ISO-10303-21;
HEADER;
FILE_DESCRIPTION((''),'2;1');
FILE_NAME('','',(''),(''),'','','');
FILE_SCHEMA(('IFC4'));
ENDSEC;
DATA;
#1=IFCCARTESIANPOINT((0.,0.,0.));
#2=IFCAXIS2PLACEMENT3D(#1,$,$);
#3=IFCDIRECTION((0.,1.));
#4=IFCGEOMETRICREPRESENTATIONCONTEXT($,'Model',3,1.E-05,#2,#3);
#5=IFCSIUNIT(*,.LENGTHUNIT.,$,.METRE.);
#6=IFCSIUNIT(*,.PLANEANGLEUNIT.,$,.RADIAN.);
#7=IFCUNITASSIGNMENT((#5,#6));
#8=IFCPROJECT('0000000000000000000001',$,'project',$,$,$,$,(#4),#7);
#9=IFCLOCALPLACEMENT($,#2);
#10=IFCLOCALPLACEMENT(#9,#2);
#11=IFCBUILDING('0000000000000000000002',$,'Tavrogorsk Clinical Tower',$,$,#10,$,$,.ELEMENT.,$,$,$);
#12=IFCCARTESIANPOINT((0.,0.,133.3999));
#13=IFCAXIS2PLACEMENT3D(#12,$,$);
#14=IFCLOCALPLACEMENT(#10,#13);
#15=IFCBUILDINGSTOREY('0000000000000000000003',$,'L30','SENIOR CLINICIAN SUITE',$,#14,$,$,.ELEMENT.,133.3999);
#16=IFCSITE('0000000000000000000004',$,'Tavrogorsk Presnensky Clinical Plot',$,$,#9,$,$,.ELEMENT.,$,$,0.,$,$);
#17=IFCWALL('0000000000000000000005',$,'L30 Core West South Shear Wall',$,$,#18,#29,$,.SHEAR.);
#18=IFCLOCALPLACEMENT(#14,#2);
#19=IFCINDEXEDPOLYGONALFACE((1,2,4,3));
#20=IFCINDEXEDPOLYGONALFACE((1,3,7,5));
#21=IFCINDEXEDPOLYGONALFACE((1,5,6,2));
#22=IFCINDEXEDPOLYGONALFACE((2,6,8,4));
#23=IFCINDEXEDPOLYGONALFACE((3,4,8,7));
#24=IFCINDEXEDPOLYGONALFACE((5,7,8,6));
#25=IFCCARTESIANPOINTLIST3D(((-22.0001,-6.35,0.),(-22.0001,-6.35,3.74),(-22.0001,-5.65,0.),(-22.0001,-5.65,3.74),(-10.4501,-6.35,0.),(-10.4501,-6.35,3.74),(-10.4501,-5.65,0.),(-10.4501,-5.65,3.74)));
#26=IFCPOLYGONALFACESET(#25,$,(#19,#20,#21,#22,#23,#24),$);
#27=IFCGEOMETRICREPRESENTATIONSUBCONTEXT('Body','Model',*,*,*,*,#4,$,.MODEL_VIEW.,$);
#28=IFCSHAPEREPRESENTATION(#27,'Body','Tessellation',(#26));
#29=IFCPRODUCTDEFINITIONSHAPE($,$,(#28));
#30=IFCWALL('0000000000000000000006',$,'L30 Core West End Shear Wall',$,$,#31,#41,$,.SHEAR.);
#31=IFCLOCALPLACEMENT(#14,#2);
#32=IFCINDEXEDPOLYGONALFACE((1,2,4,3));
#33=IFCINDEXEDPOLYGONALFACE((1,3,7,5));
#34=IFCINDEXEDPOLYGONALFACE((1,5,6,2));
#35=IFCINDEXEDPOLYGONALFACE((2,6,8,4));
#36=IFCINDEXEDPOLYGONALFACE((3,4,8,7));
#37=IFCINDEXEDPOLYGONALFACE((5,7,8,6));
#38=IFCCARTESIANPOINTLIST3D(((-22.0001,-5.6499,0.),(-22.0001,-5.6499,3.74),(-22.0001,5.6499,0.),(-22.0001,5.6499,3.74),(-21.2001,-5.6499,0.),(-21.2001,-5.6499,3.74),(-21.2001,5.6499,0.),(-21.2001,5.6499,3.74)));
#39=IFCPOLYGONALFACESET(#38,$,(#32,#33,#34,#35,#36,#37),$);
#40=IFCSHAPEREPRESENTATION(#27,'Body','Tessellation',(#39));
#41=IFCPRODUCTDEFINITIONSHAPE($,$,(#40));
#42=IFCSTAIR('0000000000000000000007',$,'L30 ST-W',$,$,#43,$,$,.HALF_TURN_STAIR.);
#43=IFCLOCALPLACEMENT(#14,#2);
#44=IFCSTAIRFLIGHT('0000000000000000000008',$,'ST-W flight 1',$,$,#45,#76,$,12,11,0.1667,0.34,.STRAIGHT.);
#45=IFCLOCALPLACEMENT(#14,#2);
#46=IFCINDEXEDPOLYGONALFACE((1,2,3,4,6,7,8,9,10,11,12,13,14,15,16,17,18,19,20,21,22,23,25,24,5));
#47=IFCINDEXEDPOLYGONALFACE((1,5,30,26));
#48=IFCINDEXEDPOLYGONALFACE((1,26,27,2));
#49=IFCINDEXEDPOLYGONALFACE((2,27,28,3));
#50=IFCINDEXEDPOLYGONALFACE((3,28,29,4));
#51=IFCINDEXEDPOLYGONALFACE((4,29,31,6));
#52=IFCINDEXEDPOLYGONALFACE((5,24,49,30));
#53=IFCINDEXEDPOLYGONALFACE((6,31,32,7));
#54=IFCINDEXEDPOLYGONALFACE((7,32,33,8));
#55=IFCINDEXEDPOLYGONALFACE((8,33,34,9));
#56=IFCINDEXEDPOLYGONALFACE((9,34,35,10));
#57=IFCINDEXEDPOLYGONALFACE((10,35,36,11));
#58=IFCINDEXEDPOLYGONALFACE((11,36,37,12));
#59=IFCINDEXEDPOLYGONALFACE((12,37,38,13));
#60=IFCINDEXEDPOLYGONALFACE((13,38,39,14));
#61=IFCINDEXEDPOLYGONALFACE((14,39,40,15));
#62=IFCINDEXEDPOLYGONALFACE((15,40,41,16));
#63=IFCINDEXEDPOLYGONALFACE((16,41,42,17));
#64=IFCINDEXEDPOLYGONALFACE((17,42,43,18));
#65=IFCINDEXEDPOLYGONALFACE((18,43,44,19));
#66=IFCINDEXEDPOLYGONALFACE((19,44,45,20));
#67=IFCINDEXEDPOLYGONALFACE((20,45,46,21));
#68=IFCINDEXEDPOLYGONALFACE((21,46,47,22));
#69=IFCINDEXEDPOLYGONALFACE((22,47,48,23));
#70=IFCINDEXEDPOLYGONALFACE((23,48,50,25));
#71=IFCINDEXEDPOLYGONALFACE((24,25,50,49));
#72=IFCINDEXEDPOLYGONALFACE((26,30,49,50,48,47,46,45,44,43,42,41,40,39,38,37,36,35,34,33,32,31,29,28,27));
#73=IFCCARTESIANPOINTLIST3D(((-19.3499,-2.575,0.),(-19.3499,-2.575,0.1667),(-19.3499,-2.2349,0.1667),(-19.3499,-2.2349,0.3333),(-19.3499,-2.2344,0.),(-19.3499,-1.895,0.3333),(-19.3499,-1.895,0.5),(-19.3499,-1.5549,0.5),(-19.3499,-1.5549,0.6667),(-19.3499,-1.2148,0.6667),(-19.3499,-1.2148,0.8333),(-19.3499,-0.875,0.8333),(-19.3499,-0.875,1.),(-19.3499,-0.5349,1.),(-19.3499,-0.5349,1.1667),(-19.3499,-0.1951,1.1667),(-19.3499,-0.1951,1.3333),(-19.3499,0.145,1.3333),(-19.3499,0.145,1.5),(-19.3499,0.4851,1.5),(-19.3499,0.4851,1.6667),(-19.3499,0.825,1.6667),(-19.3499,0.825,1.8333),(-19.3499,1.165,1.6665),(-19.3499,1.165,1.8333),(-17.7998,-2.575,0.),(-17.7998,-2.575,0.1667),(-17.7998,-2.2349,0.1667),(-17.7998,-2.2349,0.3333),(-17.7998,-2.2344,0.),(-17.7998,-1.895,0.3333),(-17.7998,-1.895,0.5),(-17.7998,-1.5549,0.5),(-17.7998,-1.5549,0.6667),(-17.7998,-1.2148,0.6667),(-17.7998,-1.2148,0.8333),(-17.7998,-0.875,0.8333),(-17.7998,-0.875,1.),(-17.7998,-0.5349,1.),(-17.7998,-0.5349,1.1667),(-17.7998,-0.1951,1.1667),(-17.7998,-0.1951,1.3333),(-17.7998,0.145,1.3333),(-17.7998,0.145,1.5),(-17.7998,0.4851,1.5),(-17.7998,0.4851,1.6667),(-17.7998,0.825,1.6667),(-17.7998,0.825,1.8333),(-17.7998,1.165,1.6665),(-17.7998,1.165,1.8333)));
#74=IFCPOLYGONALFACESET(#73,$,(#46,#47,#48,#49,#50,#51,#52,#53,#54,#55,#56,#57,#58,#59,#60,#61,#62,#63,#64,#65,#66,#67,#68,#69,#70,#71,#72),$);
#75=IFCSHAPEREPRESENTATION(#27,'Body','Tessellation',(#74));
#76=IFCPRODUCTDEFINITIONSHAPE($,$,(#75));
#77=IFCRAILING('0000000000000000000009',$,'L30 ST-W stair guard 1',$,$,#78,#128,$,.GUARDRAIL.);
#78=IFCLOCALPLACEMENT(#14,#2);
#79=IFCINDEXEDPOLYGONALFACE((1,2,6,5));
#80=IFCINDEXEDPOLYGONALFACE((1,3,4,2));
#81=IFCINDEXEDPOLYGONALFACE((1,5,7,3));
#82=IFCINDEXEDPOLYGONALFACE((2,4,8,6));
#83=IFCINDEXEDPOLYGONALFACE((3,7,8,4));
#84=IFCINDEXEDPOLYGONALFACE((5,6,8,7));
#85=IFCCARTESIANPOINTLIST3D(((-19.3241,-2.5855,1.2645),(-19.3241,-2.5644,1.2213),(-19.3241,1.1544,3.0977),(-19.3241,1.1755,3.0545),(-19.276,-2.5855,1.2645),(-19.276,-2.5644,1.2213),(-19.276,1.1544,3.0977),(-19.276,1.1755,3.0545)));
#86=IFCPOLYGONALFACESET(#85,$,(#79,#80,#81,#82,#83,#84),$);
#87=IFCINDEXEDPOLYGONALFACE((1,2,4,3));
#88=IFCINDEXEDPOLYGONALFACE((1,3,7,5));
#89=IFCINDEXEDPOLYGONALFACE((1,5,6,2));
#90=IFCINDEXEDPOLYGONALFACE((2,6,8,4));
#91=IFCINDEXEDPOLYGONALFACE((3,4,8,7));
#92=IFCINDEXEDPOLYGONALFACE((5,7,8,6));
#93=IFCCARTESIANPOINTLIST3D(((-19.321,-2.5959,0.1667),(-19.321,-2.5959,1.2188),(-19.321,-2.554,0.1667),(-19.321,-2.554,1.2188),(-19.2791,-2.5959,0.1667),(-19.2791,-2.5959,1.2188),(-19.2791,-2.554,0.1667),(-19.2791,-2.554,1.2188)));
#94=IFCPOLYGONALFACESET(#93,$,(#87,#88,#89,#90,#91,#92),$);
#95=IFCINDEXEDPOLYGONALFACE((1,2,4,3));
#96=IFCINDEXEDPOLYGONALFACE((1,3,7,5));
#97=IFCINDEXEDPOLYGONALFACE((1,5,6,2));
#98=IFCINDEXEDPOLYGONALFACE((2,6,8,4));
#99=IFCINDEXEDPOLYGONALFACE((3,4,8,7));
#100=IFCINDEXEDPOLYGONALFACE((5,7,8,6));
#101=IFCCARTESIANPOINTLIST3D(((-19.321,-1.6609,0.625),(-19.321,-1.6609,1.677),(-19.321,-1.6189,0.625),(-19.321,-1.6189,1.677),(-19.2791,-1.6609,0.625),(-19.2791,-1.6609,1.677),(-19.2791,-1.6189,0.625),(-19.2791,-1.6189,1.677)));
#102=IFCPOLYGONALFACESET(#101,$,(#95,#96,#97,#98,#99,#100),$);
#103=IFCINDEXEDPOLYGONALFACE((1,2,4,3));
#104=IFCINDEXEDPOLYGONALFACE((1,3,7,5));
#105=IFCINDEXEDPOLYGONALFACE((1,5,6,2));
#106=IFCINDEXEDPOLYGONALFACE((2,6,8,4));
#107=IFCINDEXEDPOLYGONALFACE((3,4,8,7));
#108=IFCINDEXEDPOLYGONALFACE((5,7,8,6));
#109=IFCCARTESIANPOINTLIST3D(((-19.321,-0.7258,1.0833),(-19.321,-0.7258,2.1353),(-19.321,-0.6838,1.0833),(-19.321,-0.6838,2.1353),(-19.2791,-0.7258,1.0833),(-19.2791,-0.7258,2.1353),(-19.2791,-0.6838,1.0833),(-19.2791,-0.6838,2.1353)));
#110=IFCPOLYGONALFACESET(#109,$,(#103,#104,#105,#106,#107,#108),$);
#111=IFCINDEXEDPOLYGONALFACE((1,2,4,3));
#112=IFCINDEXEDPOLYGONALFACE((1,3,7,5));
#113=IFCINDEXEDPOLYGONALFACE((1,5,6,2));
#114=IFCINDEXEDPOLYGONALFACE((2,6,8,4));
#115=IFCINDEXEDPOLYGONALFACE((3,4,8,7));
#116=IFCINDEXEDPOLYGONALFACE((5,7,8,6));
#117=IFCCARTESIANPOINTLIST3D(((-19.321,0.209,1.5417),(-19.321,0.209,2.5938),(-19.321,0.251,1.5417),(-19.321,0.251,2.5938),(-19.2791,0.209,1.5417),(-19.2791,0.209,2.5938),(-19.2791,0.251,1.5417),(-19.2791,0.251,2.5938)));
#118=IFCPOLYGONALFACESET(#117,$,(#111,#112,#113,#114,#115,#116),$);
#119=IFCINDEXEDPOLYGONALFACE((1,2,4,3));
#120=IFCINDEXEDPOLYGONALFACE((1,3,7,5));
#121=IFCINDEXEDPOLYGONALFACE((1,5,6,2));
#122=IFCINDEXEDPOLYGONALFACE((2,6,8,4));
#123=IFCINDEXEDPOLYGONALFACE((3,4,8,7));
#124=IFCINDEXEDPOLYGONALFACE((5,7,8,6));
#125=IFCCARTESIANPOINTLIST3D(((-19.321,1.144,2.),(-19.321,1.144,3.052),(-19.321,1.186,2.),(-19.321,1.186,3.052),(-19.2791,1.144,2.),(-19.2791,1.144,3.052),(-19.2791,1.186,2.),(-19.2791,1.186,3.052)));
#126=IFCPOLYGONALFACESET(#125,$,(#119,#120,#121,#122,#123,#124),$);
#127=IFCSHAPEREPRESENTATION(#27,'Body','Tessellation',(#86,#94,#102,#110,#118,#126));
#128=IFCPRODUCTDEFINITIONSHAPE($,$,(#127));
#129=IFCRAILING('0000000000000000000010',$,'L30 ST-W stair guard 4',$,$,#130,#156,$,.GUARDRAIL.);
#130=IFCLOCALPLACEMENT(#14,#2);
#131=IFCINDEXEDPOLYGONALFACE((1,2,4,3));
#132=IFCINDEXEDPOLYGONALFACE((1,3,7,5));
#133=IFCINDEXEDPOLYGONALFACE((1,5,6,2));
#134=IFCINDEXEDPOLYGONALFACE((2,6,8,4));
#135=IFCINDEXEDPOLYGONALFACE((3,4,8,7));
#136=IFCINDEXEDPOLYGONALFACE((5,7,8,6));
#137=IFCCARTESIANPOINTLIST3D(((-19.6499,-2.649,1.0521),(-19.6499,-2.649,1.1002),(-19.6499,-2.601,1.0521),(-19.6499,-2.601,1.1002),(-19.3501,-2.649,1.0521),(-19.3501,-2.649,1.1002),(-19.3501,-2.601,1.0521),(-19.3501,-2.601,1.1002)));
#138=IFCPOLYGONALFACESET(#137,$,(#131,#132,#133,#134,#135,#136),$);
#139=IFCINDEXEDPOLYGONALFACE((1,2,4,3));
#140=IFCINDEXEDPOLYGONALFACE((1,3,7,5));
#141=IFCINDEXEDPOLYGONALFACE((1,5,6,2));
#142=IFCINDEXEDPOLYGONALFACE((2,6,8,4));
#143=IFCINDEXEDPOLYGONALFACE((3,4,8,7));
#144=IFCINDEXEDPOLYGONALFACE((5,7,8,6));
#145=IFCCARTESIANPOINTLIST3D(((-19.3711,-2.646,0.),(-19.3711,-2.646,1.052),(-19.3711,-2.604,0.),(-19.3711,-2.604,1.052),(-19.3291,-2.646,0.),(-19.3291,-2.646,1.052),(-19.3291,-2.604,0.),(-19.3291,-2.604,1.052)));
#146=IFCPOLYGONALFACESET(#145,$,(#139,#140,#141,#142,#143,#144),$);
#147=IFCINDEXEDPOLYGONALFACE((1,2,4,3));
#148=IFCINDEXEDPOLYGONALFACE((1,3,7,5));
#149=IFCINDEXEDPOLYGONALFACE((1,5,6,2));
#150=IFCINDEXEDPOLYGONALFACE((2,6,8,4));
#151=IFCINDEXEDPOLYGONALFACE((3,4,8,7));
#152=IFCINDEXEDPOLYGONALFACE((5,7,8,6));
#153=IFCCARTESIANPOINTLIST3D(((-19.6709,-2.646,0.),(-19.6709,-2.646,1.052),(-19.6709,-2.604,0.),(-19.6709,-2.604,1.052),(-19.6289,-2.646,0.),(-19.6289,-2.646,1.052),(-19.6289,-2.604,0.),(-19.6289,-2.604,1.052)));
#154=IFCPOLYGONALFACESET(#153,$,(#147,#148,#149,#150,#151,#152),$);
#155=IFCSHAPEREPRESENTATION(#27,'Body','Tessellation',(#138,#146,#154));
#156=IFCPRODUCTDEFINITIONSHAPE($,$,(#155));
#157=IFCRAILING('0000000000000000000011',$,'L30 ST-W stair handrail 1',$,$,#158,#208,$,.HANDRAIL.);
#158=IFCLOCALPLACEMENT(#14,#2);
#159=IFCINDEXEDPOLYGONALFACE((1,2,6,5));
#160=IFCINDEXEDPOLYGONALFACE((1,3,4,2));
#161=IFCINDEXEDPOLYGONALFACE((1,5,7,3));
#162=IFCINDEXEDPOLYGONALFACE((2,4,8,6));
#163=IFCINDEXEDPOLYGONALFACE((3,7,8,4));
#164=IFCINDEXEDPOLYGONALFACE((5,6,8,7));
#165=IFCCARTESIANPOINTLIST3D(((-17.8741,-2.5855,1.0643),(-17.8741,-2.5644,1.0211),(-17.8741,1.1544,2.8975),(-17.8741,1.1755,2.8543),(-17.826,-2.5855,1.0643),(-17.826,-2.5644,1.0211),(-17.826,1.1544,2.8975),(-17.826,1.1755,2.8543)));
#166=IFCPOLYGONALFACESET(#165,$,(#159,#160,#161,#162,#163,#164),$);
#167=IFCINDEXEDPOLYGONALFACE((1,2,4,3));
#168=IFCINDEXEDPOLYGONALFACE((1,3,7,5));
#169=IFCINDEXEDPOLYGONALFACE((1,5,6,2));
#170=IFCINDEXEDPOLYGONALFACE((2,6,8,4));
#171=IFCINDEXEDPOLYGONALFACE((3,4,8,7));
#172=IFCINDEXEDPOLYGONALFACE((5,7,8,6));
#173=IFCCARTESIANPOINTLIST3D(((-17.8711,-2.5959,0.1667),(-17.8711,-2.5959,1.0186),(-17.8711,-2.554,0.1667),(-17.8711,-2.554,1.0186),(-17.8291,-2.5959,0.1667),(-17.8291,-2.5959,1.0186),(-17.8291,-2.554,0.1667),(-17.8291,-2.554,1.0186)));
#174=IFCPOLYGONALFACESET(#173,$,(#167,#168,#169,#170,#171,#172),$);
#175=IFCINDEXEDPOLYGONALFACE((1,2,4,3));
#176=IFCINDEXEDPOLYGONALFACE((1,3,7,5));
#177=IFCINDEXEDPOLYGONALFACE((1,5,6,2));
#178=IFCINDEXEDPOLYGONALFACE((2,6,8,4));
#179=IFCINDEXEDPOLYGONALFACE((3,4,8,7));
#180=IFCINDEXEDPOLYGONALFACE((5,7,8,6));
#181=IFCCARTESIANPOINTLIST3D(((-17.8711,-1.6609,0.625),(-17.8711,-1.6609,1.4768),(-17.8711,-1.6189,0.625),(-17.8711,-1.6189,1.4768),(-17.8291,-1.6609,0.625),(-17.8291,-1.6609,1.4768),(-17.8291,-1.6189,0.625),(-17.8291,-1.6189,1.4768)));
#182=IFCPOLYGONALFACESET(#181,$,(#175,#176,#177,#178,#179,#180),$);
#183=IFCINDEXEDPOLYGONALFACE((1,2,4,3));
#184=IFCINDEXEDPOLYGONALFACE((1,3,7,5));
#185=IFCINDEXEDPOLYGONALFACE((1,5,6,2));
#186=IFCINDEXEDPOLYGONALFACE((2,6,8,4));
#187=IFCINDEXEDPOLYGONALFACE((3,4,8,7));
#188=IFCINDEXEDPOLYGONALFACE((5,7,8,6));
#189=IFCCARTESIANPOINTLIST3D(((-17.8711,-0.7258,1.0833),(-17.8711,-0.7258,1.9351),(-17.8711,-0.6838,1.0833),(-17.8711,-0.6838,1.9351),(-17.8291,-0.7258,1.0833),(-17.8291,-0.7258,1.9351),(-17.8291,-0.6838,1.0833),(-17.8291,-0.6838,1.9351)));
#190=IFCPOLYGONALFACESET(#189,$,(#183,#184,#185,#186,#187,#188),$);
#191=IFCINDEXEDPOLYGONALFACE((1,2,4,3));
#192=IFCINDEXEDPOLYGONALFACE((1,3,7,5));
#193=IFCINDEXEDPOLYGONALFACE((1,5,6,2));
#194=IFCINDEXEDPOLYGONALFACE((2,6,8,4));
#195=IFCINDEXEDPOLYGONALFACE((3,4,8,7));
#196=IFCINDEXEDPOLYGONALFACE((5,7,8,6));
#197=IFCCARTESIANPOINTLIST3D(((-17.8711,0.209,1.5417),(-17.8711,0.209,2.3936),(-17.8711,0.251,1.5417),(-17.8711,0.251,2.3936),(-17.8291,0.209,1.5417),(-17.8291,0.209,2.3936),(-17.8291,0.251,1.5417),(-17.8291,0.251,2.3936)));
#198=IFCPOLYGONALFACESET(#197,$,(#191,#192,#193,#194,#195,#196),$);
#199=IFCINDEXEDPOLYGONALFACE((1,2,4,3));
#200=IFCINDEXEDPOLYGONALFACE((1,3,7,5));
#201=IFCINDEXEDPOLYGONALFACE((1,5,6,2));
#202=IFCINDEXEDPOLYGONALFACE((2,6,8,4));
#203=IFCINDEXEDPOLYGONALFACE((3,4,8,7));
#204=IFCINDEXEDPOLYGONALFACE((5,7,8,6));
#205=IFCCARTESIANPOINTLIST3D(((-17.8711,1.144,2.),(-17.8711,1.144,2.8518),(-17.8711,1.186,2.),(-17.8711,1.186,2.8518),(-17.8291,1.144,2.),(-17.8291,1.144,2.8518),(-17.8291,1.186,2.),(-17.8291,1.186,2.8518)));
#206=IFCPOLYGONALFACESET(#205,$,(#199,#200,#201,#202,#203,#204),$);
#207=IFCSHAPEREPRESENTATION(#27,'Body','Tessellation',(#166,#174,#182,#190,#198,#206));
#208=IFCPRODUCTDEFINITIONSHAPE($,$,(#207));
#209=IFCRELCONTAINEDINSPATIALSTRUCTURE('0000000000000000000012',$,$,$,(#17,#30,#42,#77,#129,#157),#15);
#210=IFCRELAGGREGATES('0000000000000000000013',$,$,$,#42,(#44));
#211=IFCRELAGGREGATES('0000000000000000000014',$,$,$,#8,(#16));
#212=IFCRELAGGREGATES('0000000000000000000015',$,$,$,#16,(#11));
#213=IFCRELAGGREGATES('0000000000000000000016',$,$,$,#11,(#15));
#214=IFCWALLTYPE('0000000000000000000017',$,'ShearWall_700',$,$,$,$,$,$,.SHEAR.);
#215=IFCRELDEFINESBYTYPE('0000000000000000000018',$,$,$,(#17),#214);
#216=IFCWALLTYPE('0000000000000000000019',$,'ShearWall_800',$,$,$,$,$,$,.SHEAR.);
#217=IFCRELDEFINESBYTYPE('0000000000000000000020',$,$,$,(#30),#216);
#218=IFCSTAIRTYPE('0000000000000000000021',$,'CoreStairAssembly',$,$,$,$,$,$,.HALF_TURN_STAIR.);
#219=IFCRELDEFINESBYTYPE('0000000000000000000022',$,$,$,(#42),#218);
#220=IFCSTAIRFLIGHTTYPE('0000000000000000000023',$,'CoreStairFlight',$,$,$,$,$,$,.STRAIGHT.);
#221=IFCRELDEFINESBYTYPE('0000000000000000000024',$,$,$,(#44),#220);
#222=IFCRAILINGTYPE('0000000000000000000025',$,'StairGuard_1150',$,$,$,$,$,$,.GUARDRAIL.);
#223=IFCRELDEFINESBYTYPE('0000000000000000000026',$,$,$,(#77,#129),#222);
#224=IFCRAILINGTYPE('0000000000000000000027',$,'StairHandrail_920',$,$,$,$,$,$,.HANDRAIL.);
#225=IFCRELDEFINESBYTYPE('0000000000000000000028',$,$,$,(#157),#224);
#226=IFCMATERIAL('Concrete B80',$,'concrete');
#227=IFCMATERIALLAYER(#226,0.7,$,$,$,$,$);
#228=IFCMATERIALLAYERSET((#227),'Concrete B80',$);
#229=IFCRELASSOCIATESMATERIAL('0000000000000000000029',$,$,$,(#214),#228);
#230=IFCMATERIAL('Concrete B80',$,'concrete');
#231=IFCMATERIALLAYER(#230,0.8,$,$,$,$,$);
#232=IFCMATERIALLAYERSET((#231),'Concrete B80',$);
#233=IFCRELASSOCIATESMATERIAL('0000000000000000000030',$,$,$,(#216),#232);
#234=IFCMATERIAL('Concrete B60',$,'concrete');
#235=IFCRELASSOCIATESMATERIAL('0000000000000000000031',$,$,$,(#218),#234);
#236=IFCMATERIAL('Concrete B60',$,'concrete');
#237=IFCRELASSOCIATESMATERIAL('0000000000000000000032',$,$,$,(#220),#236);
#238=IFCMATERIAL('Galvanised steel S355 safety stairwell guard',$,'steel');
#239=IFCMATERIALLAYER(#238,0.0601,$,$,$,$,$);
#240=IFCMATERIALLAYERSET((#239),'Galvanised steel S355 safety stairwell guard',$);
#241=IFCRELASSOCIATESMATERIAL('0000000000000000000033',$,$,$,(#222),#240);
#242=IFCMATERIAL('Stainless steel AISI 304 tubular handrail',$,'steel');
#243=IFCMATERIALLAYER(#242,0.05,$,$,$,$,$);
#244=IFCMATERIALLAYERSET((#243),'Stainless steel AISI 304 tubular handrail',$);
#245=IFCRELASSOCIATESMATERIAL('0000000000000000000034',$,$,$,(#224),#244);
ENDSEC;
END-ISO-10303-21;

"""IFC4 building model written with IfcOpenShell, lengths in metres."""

from ifc_helpers import new_model, si_unit, direction, frame, frame_2d, origin, origin_2d, place, context, subcontext, project, spatial, polyline, rectangle, outline, extrude, material, layer, layer_set, type_object, element, aggregate, save


model = new_model("IFC4")

# Units and contexts
model_context = context("Model", 3, precision=1e-05, world=origin(), true_north=direction((0.0, 1.0)))
body_context = subcontext(model_context, "Body", "Model", "MODEL_VIEW")
ifc_project = project(units=[si_unit("LENGTHUNIT", "METRE"), si_unit("PLANEANGLEUNIT", "RADIAN")], contexts=[model_context])

# Site, building, storey
site_placement = place(None, origin())
site = spatial("IfcSite", under=ifc_project, at=site_placement, Name="Tavrogorsk Presnensky Clinical Plot", CompositionType="ELEMENT", RefElevation=0.0)
building_placement = place(site_placement, origin())
building = spatial("IfcBuilding", under=site, at=building_placement, Name="Tavrogorsk Clinical Tower", CompositionType="ELEMENT")
storey_placement = place(building_placement, frame((0.0, 0.0, 133.3999)))
storey = spatial("IfcBuildingStorey", under=building, at=storey_placement, Name="L30", Description="SENIOR CLINICIAN SUITE", CompositionType="ELEMENT", Elevation=133.3999)

# Walls
ifc_material_1 = material(Name="Concrete B80", Category="concrete")
ifc_layer_1 = layer(ifc_material_1, 0.7)
ifc_layer_set_1 = layer_set([ifc_layer_1], Name="Concrete B80")
wall_type_1 = type_object("IfcWallType", Name="ShearWall_700", PredefinedType="SHEAR", material=ifc_layer_set_1)
wall_1_placement = place(storey_placement, frame((-22.0, -6.0, 0.0), z_axis=(0.0, 0.0, 1.0), x_axis=(1.0, 0.0, 0.0)))
element("IfcWall", 1, at=wall_1_placement, inside=storey, type_object=wall_type_1, Name="L30 Core West South Shear Wall", PredefinedType="SHEAR", context=body_context, shape_type="SweptSolid", body=[
    extrude(rectangle(XDim=11.55, YDim=0.7, at=frame_2d((5.7749, 0.0))), origin(), (0.0, 0.0, 1.0), 3.74),
])
ifc_material_2 = material(Name="Concrete B80", Category="concrete")
ifc_layer_2 = layer(ifc_material_2, 0.8)
ifc_layer_set_2 = layer_set([ifc_layer_2], Name="Concrete B80")
wall_type_2 = type_object("IfcWallType", Name="ShearWall_800", PredefinedType="SHEAR", material=ifc_layer_set_2)
wall_2_placement = place(storey_placement, frame((-21.6001, -5.6499, 0.0), z_axis=(0.0, 0.0, 1.0), x_axis=(0.0, 1.0, 0.0)))
element("IfcWall", 2, at=wall_2_placement, inside=storey, type_object=wall_type_2, Name="L30 Core West End Shear Wall", PredefinedType="SHEAR", context=body_context, shape_type="SweptSolid", body=[
    extrude(rectangle(XDim=11.2998, YDim=0.8, at=frame_2d((5.6499, 0.0))), origin(), (0.0, 0.0, 1.0), 3.74),
])

# Stair, stair flight
ifc_material_3 = material(Name="Concrete B60", Category="concrete")
stair_type = type_object("IfcStairType", Name="CoreStairAssembly", PredefinedType="HALF_TURN_STAIR", material=ifc_material_3)
stair_placement = place(storey_placement, origin())
stair = element("IfcStair", 3, at=stair_placement, inside=storey, type_object=stair_type, Name="L30 ST-W", PredefinedType="HALF_TURN_STAIR")
ifc_material_4 = material(Name="Concrete B60", Category="concrete")
stair_flight_type = type_object("IfcStairFlightType", Name="CoreStairFlight", PredefinedType="STRAIGHT", material=ifc_material_4)
stair_flight_placement = place(storey_placement, frame((-18.575, -2.575, 0.0), z_axis=(0.0, 0.0, 1.0), x_axis=(0.0, 1.0, 0.0)))
stair_flight = element("IfcStairFlight", 4, at=stair_flight_placement, type_object=stair_flight_type, Name="ST-W flight 1", NumberOfRisers=12, NumberOfTreads=11, PredefinedType="STRAIGHT", RiserHeight=0.1667, TreadLength=0.34, context=body_context, shape_type="SweptSolid", body=[
    extrude(outline(polyline([(0.0, 0.0), (0.0, 0.1667), (0.3401, 0.1667), (0.3401, 0.3333), (0.6799, 0.3333), (0.6799, 0.5), (1.02, 0.5), (1.02, 0.6667), (1.3601, 0.6667), (1.3601, 0.8333), (1.7, 0.8333), (1.7, 1.0), (2.04, 1.0), (2.04, 1.1667), (2.3799, 1.1667), (2.3799, 1.3333), (2.72, 1.3333), (2.72, 1.5), (3.0601, 1.5), (3.0601, 1.6667), (3.3999, 1.6667), (3.3999, 1.8333), (3.74, 1.8333), (3.74, 2.0), (3.74, 1.6665), (0.3406, 0.0), (0.0, 0.0)])), frame((0.0, 0.7749, 0.0), z_axis=(0.0, -1.0, 0.0), x_axis=(1.0, 0.0, 0.0)), (0.0, 0.0, 1.0), 1.55),
])
aggregate(stair, [stair_flight])

# Railings
ifc_material_5 = material(Name="Galvanised steel S355 safety stairwell guard", Category="steel")
ifc_layer_3 = layer(ifc_material_5, 0.0601)
ifc_layer_set_3 = layer_set([ifc_layer_3], Name="Galvanised steel S355 safety stairwell guard")
railing_type_1 = type_object("IfcRailingType", Name="StairGuard_1150", PredefinedType="GUARDRAIL", material=ifc_layer_set_3)
railing_1_placement = place(storey_placement, frame((-19.3, -2.575, 0.1667)))
element("IfcRailing", 5, at=railing_1_placement, inside=storey, type_object=railing_type_1, Name="L30 ST-W stair guard 1", PredefinedType="GUARDRAIL", context=body_context, shape_type="SweptSolid", body=[
    extrude(rectangle(XDim=0.0481, YDim=0.0481, at=origin_2d()), frame((0.0, 0.0, 1.0762), z_axis=(0.0, 0.897928, 0.440142), x_axis=(-1.0, 0.0, 0.0)), (0.0, 0.0, 1.0), 4.165),
    extrude(rectangle(XDim=0.042, YDim=0.042, at=origin_2d()), origin(), (0.0, 0.0, 1.0), 1.052),
    extrude(rectangle(XDim=0.042, YDim=0.042, at=origin_2d()), frame((0.0, 0.9351, 0.4583)), (0.0, 0.0, 1.0), 1.052),
    extrude(rectangle(XDim=0.042, YDim=0.042, at=origin_2d()), frame((0.0, 1.8701, 0.9165)), (0.0, 0.0, 1.0), 1.052),
    extrude(rectangle(XDim=0.042, YDim=0.042, at=origin_2d()), frame((0.0, 2.8049, 1.375)), (0.0, 0.0, 1.0), 1.052),
    extrude(rectangle(XDim=0.042, YDim=0.042, at=origin_2d()), frame((0.0, 3.74, 1.8333)), (0.0, 0.0, 1.0), 1.052),
])
railing_2_placement = place(storey_placement, frame((-19.3501, -2.625, 0.0)))
element("IfcRailing", 6, at=railing_2_placement, inside=storey, type_object=railing_type_1, Name="L30 ST-W stair guard 4", PredefinedType="GUARDRAIL", context=body_context, shape_type="SweptSolid", body=[
    extrude(rectangle(XDim=0.0481, YDim=0.0481, at=origin_2d()), frame((0.0, 0.0, 1.0762), z_axis=(-1.0, 0.0, 0.0), x_axis=(0.0, -1.0, 0.0)), (0.0, 0.0, 1.0), 0.2998),
    extrude(rectangle(XDim=0.042, YDim=0.042, at=origin_2d()), origin(), (0.0, 0.0, 1.0), 1.052),
    extrude(rectangle(XDim=0.042, YDim=0.042, at=origin_2d()), frame((-0.2998, 0.0, 0.0)), (0.0, 0.0, 1.0), 1.052),
])
ifc_material_6 = material(Name="Stainless steel AISI 304 tubular handrail", Category="steel")
ifc_layer_4 = layer(ifc_material_6, 0.05)
ifc_layer_set_4 = layer_set([ifc_layer_4], Name="Stainless steel AISI 304 tubular handrail")
railing_type_2 = type_object("IfcRailingType", Name="StairHandrail_920", PredefinedType="HANDRAIL", material=ifc_layer_set_4)
railing_3_placement = place(storey_placement, frame((-17.8501, -2.575, 0.1667)))
element("IfcRailing", 7, at=railing_3_placement, inside=storey, type_object=railing_type_2, Name="L30 ST-W stair handrail 1", PredefinedType="HANDRAIL", context=body_context, shape_type="SweptSolid", body=[
    extrude(rectangle(XDim=0.0481, YDim=0.0481, at=origin_2d()), frame((0.0, 0.0, 0.876), z_axis=(0.0, 0.897928, 0.440142), x_axis=(-1.0, 0.0, 0.0)), (0.0, 0.0, 1.0), 4.165),
    extrude(rectangle(XDim=0.042, YDim=0.042, at=origin_2d()), origin(), (0.0, 0.0, 1.0), 0.8518),
    extrude(rectangle(XDim=0.042, YDim=0.042, at=origin_2d()), frame((0.0, 0.9351, 0.4583)), (0.0, 0.0, 1.0), 0.8518),
    extrude(rectangle(XDim=0.042, YDim=0.042, at=origin_2d()), frame((0.0, 1.8701, 0.9165)), (0.0, 0.0, 1.0), 0.8518),
    extrude(rectangle(XDim=0.042, YDim=0.042, at=origin_2d()), frame((0.0, 2.8049, 1.375)), (0.0, 0.0, 1.0), 0.8518),
    extrude(rectangle(XDim=0.042, YDim=0.042, at=origin_2d()), frame((0.0, 3.74, 1.8333)), (0.0, 0.0, 1.0), 0.8518),
])

save(model, "model.ifc")
